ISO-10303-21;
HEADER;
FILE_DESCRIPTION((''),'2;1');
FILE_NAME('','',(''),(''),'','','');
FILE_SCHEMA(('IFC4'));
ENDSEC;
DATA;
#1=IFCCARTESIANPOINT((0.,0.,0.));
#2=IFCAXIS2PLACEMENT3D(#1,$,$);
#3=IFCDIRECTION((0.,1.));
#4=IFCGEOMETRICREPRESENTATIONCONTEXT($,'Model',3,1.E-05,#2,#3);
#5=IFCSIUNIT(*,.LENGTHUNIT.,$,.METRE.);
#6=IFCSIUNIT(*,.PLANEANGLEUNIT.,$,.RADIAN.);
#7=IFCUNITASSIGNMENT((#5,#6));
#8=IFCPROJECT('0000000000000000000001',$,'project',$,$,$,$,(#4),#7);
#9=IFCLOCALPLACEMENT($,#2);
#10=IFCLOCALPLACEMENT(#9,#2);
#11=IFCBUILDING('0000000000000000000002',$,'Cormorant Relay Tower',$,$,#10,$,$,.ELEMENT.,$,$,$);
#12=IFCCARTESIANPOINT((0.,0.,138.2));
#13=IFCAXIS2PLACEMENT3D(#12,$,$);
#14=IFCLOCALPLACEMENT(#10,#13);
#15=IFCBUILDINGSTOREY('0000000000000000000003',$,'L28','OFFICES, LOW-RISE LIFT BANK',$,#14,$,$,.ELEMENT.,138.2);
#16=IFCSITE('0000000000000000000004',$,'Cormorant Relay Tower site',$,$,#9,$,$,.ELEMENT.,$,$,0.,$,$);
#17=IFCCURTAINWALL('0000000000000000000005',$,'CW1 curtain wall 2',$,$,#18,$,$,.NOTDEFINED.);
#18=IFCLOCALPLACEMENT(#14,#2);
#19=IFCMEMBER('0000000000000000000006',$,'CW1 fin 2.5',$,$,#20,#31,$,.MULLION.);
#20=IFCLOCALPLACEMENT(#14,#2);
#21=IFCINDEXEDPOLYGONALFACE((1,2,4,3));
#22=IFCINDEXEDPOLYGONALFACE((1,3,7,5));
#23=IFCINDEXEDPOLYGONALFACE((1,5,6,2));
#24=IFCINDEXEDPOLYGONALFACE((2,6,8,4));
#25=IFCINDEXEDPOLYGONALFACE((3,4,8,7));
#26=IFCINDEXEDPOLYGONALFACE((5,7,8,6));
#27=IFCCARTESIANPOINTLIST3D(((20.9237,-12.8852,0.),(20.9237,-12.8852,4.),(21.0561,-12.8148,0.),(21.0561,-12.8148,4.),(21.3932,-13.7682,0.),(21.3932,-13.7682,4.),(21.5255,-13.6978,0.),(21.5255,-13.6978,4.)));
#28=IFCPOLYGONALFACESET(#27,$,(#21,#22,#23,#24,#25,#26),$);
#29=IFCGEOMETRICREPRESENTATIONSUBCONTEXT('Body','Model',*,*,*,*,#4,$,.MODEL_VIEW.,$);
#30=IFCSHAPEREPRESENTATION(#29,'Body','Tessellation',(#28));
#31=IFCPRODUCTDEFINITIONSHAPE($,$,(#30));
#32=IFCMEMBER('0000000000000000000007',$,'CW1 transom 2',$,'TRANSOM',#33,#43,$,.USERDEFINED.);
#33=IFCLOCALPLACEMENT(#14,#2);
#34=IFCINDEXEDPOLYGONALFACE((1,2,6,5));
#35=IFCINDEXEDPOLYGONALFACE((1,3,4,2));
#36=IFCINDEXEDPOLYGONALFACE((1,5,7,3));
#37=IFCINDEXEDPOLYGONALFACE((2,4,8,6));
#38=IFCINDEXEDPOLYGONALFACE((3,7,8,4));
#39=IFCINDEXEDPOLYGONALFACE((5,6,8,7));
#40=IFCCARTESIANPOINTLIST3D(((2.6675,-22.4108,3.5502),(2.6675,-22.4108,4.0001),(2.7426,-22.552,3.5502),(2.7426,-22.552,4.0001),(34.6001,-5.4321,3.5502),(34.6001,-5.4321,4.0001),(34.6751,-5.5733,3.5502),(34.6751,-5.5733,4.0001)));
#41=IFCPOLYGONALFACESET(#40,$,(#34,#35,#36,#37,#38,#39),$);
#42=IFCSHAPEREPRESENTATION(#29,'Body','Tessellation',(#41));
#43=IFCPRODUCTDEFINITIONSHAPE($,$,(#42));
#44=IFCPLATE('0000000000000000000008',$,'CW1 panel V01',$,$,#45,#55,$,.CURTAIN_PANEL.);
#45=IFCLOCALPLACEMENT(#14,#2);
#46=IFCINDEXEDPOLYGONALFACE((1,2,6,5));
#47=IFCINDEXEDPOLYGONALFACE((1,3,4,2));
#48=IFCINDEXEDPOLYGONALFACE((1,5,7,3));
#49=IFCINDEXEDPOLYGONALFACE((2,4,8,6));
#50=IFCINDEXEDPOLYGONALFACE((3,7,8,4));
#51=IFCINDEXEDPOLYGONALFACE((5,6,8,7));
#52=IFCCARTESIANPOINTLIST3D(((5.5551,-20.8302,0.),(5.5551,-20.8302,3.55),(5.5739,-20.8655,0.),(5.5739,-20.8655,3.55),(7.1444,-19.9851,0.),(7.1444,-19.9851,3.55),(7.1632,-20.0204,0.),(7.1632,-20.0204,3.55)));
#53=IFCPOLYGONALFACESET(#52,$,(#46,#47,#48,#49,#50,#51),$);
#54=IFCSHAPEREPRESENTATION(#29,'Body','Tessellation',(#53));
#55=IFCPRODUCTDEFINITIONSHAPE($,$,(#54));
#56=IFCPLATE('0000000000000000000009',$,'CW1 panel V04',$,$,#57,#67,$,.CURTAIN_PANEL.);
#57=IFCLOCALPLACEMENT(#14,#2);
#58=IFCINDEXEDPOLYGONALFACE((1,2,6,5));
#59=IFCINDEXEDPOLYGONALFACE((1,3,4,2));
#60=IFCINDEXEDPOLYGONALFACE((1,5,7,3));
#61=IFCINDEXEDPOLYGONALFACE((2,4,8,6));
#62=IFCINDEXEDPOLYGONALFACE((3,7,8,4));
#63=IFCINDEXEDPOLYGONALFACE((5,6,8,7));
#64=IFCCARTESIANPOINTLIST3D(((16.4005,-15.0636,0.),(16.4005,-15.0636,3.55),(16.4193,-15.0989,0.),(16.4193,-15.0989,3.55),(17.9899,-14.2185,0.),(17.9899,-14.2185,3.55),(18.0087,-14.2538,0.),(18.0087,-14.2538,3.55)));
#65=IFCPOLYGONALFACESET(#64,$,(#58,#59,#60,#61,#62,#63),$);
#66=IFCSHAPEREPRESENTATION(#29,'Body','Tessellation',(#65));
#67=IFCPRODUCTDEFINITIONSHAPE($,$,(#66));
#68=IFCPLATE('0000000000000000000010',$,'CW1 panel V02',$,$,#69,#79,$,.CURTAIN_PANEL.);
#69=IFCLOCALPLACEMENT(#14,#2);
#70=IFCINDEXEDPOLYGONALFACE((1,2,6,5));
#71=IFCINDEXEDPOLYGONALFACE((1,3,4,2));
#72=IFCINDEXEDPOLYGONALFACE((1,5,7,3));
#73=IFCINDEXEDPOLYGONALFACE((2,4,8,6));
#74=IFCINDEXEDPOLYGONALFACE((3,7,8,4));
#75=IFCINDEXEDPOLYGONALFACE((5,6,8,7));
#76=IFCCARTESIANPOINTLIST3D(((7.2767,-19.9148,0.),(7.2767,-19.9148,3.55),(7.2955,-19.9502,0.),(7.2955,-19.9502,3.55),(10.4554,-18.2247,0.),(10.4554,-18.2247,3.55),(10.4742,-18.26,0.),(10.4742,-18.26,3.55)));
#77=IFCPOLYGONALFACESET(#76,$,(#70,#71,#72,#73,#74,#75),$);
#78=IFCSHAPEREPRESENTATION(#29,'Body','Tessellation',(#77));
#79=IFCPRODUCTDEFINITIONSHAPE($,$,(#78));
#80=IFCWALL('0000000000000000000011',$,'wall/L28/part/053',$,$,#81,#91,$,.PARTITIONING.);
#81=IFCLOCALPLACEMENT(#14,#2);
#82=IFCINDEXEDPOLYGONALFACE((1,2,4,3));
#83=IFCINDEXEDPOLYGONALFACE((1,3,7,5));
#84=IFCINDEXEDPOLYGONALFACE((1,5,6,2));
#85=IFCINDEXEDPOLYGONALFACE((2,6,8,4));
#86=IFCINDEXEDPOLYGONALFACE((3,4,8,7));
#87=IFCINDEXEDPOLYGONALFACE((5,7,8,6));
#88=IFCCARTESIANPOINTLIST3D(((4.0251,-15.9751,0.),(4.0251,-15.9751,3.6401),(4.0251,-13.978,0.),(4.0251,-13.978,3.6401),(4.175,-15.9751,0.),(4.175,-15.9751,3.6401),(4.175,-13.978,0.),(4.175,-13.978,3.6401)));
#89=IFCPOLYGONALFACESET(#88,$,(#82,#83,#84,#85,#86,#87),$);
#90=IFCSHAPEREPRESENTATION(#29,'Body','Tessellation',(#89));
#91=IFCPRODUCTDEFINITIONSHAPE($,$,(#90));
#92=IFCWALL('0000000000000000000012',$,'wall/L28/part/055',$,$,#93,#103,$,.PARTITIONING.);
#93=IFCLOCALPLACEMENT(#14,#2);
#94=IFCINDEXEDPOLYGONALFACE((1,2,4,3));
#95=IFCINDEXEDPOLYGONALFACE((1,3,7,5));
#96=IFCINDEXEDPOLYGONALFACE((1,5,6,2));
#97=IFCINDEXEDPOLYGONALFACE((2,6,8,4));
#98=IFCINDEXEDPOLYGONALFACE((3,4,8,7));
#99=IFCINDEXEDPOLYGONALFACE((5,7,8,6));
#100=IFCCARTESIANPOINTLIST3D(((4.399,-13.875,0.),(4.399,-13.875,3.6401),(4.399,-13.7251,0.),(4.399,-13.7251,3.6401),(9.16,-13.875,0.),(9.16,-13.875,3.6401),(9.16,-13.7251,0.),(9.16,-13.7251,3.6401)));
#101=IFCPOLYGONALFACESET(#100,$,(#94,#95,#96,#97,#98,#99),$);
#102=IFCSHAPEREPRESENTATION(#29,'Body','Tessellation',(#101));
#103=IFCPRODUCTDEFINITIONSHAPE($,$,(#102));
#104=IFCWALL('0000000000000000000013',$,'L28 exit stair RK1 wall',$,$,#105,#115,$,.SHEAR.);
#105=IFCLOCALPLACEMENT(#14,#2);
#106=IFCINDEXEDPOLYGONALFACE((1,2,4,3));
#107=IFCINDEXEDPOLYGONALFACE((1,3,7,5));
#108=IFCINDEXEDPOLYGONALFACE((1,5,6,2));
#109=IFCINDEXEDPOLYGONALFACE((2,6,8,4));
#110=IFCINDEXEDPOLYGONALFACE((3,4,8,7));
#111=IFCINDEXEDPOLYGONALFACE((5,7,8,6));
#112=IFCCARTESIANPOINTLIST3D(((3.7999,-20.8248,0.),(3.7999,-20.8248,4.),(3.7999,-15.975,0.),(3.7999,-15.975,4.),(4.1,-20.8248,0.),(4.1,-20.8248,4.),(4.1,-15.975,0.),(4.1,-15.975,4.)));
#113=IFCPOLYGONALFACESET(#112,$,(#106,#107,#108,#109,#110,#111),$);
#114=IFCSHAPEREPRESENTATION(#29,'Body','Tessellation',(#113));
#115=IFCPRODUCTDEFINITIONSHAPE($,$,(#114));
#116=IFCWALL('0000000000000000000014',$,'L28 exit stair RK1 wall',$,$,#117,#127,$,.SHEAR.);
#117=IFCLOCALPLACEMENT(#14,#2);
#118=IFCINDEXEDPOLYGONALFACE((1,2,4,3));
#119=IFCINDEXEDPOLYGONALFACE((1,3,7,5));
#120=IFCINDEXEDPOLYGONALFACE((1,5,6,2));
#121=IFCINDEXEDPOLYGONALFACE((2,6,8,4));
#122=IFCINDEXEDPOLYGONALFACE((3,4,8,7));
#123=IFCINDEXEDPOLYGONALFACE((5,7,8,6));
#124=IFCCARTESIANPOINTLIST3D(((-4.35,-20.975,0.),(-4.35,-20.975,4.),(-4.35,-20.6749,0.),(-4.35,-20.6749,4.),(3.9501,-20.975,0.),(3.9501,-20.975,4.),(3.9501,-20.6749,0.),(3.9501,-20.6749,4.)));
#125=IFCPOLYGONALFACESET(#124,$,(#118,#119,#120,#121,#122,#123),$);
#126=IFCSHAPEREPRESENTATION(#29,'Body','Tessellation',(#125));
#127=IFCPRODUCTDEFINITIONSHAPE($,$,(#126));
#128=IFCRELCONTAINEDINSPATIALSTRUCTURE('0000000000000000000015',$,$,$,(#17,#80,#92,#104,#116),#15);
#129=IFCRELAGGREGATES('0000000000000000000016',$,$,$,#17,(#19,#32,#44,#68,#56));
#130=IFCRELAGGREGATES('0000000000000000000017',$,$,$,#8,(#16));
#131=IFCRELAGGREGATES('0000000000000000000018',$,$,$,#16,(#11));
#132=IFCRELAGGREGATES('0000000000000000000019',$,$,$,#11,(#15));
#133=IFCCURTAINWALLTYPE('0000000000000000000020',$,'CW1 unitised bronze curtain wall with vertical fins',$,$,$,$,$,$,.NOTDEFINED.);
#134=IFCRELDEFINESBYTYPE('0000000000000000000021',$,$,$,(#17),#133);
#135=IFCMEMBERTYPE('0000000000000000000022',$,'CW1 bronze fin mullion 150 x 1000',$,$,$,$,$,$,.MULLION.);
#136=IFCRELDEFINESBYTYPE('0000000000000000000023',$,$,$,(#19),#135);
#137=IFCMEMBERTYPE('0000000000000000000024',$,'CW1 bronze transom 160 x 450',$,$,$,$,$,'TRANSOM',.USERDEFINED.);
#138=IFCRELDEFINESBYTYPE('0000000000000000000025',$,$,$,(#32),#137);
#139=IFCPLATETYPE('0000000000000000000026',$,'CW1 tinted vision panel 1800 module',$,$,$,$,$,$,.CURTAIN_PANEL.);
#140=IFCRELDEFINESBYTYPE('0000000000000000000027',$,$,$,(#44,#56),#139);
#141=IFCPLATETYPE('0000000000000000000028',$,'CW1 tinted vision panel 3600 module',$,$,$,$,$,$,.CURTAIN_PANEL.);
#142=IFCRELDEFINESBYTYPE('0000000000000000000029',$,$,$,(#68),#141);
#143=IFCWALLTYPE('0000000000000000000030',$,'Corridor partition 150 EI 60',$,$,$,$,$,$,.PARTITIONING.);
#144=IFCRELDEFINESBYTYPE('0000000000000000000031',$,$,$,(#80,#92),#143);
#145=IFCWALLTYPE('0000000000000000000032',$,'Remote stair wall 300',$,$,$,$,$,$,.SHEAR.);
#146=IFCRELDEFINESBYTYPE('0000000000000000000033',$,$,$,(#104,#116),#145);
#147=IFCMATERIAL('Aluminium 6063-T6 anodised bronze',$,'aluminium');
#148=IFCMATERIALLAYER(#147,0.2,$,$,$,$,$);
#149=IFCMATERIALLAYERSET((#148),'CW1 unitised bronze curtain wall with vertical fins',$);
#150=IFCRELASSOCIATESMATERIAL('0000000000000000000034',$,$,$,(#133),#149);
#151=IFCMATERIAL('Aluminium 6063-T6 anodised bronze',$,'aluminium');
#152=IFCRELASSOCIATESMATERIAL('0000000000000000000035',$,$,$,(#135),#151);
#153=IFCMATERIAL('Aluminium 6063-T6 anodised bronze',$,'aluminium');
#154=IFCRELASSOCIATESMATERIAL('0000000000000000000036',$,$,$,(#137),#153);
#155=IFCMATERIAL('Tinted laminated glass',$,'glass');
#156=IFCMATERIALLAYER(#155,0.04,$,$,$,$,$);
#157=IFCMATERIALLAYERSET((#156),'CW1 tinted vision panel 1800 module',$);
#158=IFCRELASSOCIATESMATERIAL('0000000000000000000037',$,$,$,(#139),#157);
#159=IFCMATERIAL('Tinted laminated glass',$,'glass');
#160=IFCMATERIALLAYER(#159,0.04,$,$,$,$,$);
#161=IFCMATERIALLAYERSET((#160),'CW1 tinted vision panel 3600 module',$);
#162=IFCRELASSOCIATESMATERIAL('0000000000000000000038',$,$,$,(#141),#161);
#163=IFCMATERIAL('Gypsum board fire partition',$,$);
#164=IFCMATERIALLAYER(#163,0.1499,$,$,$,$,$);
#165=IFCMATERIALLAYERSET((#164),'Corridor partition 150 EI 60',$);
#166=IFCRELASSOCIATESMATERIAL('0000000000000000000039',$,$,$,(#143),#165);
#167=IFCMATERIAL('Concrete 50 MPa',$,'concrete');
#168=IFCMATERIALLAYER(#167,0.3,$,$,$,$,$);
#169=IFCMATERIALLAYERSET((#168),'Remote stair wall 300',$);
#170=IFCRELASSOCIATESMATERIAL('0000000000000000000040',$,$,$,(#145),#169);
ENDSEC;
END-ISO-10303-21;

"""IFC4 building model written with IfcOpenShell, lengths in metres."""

from ifc_helpers import new_model, si_unit, direction, frame, frame_2d, origin, origin_2d, place, context, subcontext, project, spatial, rectangle, extrude, material, layer, layer_set, material_profile, profile_set, type_object, element, aggregate, save


model = new_model("IFC4")

# Units and contexts
model_context = context("Model", 3, precision=1e-05, world=origin(), true_north=direction((0.0, 1.0)))
body_context = subcontext(model_context, "Body", "Model", "MODEL_VIEW")
ifc_project = project(units=[si_unit("LENGTHUNIT", "METRE"), si_unit("PLANEANGLEUNIT", "RADIAN")], contexts=[model_context])

# Site, building, storey
site_placement = place(None, origin())
site = spatial("IfcSite", under=ifc_project, at=site_placement, Name="Cormorant Relay Tower site", CompositionType="ELEMENT", RefElevation=0.0)
building_placement = place(site_placement, origin())
building = spatial("IfcBuilding", under=site, at=building_placement, Name="Cormorant Relay Tower", CompositionType="ELEMENT")
storey_placement = place(building_placement, frame((0.0, 0.0, 138.2)))
storey = spatial("IfcBuildingStorey", under=building, at=storey_placement, Name="L28", Description="OFFICES, LOW-RISE LIFT BANK", CompositionType="ELEMENT", Elevation=138.2)

# Curtain wall, members, plates
ifc_material_1 = material(Name="Aluminium 6063-T6 anodised bronze", Category="aluminium")
ifc_layer_1 = layer(ifc_material_1, 0.2)
ifc_layer_set_1 = layer_set([ifc_layer_1], Name="CW1 unitised bronze curtain wall with vertical fins")
curtain_wall_type = type_object("IfcCurtainWallType", Name="CW1 unitised bronze curtain wall with vertical fins", PredefinedType="NOTDEFINED", material=ifc_layer_set_1)
curtain_wall_1_placement = place(storey_placement, origin())
curtain_wall_1 = element("IfcCurtainWall", 1, at=curtain_wall_1_placement, inside=storey, type_object=curtain_wall_type, Name="CW1 curtain wall 2", PredefinedType="NOTDEFINED")
ifc_material_2 = material(Name="Aluminium 6063-T6 anodised bronze", Category="aluminium")
ifc_material_profile_1 = material_profile(ifc_material_2, rectangle(XDim=0.1499, YDim=1.0, at=origin_2d()), Name="AL 150x1000")
ifc_profile_set_1 = profile_set([ifc_material_profile_1], Name="Aluminium 6063-T6 anodised bronze")
member_type_1 = type_object("IfcMemberType", Name="CW1 bronze fin mullion 150 x 1000", PredefinedType="MULLION", material=ifc_profile_set_1)
member_1_placement = place(storey_placement, frame((21.2246, -13.2915, 0.0), z_axis=(0.0, 0.0, 1.0), x_axis=(0.882948, 0.469472, 0.0)))
member_1 = element("IfcMember", 2, at=member_1_placement, type_object=member_type_1, Name="CW1 fin 2.5", PredefinedType="MULLION", context=body_context, shape_type="SweptSolid", body=[
    extrude(rectangle(XDim=0.1499, YDim=1.0, at=origin_2d()), origin(), (0.0, 0.0, 1.0), 4.0),
])
ifc_material_3 = material(Name="Aluminium 6063-T6 anodised bronze", Category="aluminium")
ifc_material_profile_2 = material_profile(ifc_material_3, rectangle(XDim=0.1599, YDim=0.45, at=origin_2d()), Name="AL 160x450")
ifc_profile_set_2 = profile_set([ifc_material_profile_2], Name="Aluminium 6063-T6 anodised bronze")
member_type_2 = type_object("IfcMemberType", Name="CW1 bronze transom 160 x 450", ElementType="TRANSOM", PredefinedType="USERDEFINED", material=ifc_profile_set_2)
member_2_placement = place(storey_placement, frame((2.7051, -22.4814, 3.7751), z_axis=(0.882949, 0.469469, 0.0), x_axis=(-0.469469, 0.882949, 0.0)))
member_2 = element("IfcMember", 3, at=member_2_placement, type_object=member_type_2, Name="CW1 transom 2", ObjectType="TRANSOM", PredefinedType="USERDEFINED", context=body_context, shape_type="SweptSolid", body=[
    extrude(rectangle(XDim=0.1599, YDim=0.45, at=origin_2d()), origin(), (0.0, 0.0, 1.0), 36.1658),
])
ifc_material_4 = material(Name="Tinted laminated glass", Category="glass")
ifc_layer_2 = layer(ifc_material_4, 0.04)
ifc_layer_set_2 = layer_set([ifc_layer_2], Name="CW1 tinted vision panel 1800 module")
plate_type_1 = type_object("IfcPlateType", Name="CW1 tinted vision panel 1800 module", PredefinedType="CURTAIN_PANEL", material=ifc_layer_set_2)
plate_1_placement = place(storey_placement, frame((6.3591, -20.4253, 0.0), z_axis=(0.0, 0.0, 1.0), x_axis=(0.882948, 0.469472, 0.0)))
plate_1 = element("IfcPlate", 4, at=plate_1_placement, type_object=plate_type_1, Name="CW1 panel V01", PredefinedType="CURTAIN_PANEL", context=body_context, shape_type="SweptSolid", body=[
    extrude(rectangle(XDim=1.8, YDim=0.04, at=origin_2d()), origin(), (0.0, 0.0, 1.0), 3.55),
])
plate_2_placement = place(storey_placement, frame((17.2046, -14.6587, 0.0), z_axis=(0.0, 0.0, 1.0), x_axis=(0.882948, 0.469472, 0.0)))
plate_2 = element("IfcPlate", 5, at=plate_2_placement, type_object=plate_type_1, Name="CW1 panel V04", PredefinedType="CURTAIN_PANEL", context=body_context, shape_type="SweptSolid", body=[
    extrude(rectangle(XDim=1.8, YDim=0.04, at=origin_2d()), origin(), (0.0, 0.0, 1.0), 3.55),
])
ifc_material_5 = material(Name="Tinted laminated glass", Category="glass")
ifc_layer_3 = layer(ifc_material_5, 0.04)
ifc_layer_set_3 = layer_set([ifc_layer_3], Name="CW1 tinted vision panel 3600 module")
plate_type_2 = type_object("IfcPlateType", Name="CW1 tinted vision panel 3600 module", PredefinedType="CURTAIN_PANEL", material=ifc_layer_set_3)
plate_3_placement = place(storey_placement, frame((8.8755, -19.0874, 0.0), z_axis=(0.0, 0.0, 1.0), x_axis=(0.882948, 0.469472, 0.0)))
plate_3 = element("IfcPlate", 6, at=plate_3_placement, type_object=plate_type_2, Name="CW1 panel V02", PredefinedType="CURTAIN_PANEL", context=body_context, shape_type="SweptSolid", body=[
    extrude(rectangle(XDim=3.6001, YDim=0.04, at=origin_2d()), origin(), (0.0, 0.0, 1.0), 3.55),
])

# Walls
ifc_material_6 = material(Name="Gypsum board fire partition")
ifc_layer_4 = layer(ifc_material_6, 0.1499)
ifc_layer_set_4 = layer_set([ifc_layer_4], Name="Corridor partition 150 EI 60")
wall_type_1 = type_object("IfcWallType", Name="Corridor partition 150 EI 60", PredefinedType="PARTITIONING", material=ifc_layer_set_4)
wall_1_placement = place(storey_placement, frame((4.1001, -15.9751, 0.0), z_axis=(0.0, 0.0, 1.0), x_axis=(0.0, 1.0, 0.0)))
element("IfcWall", 7, at=wall_1_placement, inside=storey, type_object=wall_type_1, Name="wall/L28/part/053", PredefinedType="PARTITIONING", context=body_context, shape_type="SweptSolid", body=[
    extrude(rectangle(XDim=1.9971, YDim=0.1499, at=frame_2d((0.9985, 0.0))), origin(), (0.0, 0.0, 1.0), 3.6401),
])
wall_2_placement = place(storey_placement, frame((9.1599, -13.8, 0.0), z_axis=(0.0, 0.0, 1.0), x_axis=(-1.0, 0.0, 0.0)))
element("IfcWall", 8, at=wall_2_placement, inside=storey, type_object=wall_type_1, Name="wall/L28/part/055", PredefinedType="PARTITIONING", context=body_context, shape_type="SweptSolid", body=[
    extrude(rectangle(XDim=4.761, YDim=0.1499, at=frame_2d((2.3804, 0.0))), origin(), (0.0, 0.0, 1.0), 3.6401),
])
ifc_material_7 = material(Name="Concrete 50 MPa", Category="concrete")
ifc_layer_5 = layer(ifc_material_7, 0.3)
ifc_layer_set_5 = layer_set([ifc_layer_5], Name="Remote stair wall 300")
wall_type_2 = type_object("IfcWallType", Name="Remote stair wall 300", PredefinedType="SHEAR", material=ifc_layer_set_5)
wall_3_placement = place(storey_placement, frame((3.95, -15.9751, 0.0), z_axis=(0.0, 0.0, 1.0), x_axis=(0.0, -1.0, 0.0)))
element("IfcWall", 9, at=wall_3_placement, inside=storey, type_object=wall_type_2, Name="L28 exit stair RK1 wall", PredefinedType="SHEAR", context=body_context, shape_type="SweptSolid", body=[
    extrude(rectangle(XDim=4.8499, YDim=0.3, at=frame_2d((2.4248, 0.0))), origin(), (0.0, 0.0, 1.0), 4.0),
])
wall_4_placement = place(storey_placement, frame((3.95, -20.825, 0.0), z_axis=(0.0, 0.0, 1.0), x_axis=(-1.0, 0.0, 0.0)))
element("IfcWall", 10, at=wall_4_placement, inside=storey, type_object=wall_type_2, Name="L28 exit stair RK1 wall", PredefinedType="SHEAR", context=body_context, shape_type="SweptSolid", body=[
    extrude(rectangle(XDim=8.3, YDim=0.3, at=frame_2d((4.1499, 0.0))), origin(), (0.0, 0.0, 1.0), 4.0),
])

aggregate(curtain_wall_1, [member_1, member_2, plate_1, plate_3, plate_2])

save(model, "model.ifc")
